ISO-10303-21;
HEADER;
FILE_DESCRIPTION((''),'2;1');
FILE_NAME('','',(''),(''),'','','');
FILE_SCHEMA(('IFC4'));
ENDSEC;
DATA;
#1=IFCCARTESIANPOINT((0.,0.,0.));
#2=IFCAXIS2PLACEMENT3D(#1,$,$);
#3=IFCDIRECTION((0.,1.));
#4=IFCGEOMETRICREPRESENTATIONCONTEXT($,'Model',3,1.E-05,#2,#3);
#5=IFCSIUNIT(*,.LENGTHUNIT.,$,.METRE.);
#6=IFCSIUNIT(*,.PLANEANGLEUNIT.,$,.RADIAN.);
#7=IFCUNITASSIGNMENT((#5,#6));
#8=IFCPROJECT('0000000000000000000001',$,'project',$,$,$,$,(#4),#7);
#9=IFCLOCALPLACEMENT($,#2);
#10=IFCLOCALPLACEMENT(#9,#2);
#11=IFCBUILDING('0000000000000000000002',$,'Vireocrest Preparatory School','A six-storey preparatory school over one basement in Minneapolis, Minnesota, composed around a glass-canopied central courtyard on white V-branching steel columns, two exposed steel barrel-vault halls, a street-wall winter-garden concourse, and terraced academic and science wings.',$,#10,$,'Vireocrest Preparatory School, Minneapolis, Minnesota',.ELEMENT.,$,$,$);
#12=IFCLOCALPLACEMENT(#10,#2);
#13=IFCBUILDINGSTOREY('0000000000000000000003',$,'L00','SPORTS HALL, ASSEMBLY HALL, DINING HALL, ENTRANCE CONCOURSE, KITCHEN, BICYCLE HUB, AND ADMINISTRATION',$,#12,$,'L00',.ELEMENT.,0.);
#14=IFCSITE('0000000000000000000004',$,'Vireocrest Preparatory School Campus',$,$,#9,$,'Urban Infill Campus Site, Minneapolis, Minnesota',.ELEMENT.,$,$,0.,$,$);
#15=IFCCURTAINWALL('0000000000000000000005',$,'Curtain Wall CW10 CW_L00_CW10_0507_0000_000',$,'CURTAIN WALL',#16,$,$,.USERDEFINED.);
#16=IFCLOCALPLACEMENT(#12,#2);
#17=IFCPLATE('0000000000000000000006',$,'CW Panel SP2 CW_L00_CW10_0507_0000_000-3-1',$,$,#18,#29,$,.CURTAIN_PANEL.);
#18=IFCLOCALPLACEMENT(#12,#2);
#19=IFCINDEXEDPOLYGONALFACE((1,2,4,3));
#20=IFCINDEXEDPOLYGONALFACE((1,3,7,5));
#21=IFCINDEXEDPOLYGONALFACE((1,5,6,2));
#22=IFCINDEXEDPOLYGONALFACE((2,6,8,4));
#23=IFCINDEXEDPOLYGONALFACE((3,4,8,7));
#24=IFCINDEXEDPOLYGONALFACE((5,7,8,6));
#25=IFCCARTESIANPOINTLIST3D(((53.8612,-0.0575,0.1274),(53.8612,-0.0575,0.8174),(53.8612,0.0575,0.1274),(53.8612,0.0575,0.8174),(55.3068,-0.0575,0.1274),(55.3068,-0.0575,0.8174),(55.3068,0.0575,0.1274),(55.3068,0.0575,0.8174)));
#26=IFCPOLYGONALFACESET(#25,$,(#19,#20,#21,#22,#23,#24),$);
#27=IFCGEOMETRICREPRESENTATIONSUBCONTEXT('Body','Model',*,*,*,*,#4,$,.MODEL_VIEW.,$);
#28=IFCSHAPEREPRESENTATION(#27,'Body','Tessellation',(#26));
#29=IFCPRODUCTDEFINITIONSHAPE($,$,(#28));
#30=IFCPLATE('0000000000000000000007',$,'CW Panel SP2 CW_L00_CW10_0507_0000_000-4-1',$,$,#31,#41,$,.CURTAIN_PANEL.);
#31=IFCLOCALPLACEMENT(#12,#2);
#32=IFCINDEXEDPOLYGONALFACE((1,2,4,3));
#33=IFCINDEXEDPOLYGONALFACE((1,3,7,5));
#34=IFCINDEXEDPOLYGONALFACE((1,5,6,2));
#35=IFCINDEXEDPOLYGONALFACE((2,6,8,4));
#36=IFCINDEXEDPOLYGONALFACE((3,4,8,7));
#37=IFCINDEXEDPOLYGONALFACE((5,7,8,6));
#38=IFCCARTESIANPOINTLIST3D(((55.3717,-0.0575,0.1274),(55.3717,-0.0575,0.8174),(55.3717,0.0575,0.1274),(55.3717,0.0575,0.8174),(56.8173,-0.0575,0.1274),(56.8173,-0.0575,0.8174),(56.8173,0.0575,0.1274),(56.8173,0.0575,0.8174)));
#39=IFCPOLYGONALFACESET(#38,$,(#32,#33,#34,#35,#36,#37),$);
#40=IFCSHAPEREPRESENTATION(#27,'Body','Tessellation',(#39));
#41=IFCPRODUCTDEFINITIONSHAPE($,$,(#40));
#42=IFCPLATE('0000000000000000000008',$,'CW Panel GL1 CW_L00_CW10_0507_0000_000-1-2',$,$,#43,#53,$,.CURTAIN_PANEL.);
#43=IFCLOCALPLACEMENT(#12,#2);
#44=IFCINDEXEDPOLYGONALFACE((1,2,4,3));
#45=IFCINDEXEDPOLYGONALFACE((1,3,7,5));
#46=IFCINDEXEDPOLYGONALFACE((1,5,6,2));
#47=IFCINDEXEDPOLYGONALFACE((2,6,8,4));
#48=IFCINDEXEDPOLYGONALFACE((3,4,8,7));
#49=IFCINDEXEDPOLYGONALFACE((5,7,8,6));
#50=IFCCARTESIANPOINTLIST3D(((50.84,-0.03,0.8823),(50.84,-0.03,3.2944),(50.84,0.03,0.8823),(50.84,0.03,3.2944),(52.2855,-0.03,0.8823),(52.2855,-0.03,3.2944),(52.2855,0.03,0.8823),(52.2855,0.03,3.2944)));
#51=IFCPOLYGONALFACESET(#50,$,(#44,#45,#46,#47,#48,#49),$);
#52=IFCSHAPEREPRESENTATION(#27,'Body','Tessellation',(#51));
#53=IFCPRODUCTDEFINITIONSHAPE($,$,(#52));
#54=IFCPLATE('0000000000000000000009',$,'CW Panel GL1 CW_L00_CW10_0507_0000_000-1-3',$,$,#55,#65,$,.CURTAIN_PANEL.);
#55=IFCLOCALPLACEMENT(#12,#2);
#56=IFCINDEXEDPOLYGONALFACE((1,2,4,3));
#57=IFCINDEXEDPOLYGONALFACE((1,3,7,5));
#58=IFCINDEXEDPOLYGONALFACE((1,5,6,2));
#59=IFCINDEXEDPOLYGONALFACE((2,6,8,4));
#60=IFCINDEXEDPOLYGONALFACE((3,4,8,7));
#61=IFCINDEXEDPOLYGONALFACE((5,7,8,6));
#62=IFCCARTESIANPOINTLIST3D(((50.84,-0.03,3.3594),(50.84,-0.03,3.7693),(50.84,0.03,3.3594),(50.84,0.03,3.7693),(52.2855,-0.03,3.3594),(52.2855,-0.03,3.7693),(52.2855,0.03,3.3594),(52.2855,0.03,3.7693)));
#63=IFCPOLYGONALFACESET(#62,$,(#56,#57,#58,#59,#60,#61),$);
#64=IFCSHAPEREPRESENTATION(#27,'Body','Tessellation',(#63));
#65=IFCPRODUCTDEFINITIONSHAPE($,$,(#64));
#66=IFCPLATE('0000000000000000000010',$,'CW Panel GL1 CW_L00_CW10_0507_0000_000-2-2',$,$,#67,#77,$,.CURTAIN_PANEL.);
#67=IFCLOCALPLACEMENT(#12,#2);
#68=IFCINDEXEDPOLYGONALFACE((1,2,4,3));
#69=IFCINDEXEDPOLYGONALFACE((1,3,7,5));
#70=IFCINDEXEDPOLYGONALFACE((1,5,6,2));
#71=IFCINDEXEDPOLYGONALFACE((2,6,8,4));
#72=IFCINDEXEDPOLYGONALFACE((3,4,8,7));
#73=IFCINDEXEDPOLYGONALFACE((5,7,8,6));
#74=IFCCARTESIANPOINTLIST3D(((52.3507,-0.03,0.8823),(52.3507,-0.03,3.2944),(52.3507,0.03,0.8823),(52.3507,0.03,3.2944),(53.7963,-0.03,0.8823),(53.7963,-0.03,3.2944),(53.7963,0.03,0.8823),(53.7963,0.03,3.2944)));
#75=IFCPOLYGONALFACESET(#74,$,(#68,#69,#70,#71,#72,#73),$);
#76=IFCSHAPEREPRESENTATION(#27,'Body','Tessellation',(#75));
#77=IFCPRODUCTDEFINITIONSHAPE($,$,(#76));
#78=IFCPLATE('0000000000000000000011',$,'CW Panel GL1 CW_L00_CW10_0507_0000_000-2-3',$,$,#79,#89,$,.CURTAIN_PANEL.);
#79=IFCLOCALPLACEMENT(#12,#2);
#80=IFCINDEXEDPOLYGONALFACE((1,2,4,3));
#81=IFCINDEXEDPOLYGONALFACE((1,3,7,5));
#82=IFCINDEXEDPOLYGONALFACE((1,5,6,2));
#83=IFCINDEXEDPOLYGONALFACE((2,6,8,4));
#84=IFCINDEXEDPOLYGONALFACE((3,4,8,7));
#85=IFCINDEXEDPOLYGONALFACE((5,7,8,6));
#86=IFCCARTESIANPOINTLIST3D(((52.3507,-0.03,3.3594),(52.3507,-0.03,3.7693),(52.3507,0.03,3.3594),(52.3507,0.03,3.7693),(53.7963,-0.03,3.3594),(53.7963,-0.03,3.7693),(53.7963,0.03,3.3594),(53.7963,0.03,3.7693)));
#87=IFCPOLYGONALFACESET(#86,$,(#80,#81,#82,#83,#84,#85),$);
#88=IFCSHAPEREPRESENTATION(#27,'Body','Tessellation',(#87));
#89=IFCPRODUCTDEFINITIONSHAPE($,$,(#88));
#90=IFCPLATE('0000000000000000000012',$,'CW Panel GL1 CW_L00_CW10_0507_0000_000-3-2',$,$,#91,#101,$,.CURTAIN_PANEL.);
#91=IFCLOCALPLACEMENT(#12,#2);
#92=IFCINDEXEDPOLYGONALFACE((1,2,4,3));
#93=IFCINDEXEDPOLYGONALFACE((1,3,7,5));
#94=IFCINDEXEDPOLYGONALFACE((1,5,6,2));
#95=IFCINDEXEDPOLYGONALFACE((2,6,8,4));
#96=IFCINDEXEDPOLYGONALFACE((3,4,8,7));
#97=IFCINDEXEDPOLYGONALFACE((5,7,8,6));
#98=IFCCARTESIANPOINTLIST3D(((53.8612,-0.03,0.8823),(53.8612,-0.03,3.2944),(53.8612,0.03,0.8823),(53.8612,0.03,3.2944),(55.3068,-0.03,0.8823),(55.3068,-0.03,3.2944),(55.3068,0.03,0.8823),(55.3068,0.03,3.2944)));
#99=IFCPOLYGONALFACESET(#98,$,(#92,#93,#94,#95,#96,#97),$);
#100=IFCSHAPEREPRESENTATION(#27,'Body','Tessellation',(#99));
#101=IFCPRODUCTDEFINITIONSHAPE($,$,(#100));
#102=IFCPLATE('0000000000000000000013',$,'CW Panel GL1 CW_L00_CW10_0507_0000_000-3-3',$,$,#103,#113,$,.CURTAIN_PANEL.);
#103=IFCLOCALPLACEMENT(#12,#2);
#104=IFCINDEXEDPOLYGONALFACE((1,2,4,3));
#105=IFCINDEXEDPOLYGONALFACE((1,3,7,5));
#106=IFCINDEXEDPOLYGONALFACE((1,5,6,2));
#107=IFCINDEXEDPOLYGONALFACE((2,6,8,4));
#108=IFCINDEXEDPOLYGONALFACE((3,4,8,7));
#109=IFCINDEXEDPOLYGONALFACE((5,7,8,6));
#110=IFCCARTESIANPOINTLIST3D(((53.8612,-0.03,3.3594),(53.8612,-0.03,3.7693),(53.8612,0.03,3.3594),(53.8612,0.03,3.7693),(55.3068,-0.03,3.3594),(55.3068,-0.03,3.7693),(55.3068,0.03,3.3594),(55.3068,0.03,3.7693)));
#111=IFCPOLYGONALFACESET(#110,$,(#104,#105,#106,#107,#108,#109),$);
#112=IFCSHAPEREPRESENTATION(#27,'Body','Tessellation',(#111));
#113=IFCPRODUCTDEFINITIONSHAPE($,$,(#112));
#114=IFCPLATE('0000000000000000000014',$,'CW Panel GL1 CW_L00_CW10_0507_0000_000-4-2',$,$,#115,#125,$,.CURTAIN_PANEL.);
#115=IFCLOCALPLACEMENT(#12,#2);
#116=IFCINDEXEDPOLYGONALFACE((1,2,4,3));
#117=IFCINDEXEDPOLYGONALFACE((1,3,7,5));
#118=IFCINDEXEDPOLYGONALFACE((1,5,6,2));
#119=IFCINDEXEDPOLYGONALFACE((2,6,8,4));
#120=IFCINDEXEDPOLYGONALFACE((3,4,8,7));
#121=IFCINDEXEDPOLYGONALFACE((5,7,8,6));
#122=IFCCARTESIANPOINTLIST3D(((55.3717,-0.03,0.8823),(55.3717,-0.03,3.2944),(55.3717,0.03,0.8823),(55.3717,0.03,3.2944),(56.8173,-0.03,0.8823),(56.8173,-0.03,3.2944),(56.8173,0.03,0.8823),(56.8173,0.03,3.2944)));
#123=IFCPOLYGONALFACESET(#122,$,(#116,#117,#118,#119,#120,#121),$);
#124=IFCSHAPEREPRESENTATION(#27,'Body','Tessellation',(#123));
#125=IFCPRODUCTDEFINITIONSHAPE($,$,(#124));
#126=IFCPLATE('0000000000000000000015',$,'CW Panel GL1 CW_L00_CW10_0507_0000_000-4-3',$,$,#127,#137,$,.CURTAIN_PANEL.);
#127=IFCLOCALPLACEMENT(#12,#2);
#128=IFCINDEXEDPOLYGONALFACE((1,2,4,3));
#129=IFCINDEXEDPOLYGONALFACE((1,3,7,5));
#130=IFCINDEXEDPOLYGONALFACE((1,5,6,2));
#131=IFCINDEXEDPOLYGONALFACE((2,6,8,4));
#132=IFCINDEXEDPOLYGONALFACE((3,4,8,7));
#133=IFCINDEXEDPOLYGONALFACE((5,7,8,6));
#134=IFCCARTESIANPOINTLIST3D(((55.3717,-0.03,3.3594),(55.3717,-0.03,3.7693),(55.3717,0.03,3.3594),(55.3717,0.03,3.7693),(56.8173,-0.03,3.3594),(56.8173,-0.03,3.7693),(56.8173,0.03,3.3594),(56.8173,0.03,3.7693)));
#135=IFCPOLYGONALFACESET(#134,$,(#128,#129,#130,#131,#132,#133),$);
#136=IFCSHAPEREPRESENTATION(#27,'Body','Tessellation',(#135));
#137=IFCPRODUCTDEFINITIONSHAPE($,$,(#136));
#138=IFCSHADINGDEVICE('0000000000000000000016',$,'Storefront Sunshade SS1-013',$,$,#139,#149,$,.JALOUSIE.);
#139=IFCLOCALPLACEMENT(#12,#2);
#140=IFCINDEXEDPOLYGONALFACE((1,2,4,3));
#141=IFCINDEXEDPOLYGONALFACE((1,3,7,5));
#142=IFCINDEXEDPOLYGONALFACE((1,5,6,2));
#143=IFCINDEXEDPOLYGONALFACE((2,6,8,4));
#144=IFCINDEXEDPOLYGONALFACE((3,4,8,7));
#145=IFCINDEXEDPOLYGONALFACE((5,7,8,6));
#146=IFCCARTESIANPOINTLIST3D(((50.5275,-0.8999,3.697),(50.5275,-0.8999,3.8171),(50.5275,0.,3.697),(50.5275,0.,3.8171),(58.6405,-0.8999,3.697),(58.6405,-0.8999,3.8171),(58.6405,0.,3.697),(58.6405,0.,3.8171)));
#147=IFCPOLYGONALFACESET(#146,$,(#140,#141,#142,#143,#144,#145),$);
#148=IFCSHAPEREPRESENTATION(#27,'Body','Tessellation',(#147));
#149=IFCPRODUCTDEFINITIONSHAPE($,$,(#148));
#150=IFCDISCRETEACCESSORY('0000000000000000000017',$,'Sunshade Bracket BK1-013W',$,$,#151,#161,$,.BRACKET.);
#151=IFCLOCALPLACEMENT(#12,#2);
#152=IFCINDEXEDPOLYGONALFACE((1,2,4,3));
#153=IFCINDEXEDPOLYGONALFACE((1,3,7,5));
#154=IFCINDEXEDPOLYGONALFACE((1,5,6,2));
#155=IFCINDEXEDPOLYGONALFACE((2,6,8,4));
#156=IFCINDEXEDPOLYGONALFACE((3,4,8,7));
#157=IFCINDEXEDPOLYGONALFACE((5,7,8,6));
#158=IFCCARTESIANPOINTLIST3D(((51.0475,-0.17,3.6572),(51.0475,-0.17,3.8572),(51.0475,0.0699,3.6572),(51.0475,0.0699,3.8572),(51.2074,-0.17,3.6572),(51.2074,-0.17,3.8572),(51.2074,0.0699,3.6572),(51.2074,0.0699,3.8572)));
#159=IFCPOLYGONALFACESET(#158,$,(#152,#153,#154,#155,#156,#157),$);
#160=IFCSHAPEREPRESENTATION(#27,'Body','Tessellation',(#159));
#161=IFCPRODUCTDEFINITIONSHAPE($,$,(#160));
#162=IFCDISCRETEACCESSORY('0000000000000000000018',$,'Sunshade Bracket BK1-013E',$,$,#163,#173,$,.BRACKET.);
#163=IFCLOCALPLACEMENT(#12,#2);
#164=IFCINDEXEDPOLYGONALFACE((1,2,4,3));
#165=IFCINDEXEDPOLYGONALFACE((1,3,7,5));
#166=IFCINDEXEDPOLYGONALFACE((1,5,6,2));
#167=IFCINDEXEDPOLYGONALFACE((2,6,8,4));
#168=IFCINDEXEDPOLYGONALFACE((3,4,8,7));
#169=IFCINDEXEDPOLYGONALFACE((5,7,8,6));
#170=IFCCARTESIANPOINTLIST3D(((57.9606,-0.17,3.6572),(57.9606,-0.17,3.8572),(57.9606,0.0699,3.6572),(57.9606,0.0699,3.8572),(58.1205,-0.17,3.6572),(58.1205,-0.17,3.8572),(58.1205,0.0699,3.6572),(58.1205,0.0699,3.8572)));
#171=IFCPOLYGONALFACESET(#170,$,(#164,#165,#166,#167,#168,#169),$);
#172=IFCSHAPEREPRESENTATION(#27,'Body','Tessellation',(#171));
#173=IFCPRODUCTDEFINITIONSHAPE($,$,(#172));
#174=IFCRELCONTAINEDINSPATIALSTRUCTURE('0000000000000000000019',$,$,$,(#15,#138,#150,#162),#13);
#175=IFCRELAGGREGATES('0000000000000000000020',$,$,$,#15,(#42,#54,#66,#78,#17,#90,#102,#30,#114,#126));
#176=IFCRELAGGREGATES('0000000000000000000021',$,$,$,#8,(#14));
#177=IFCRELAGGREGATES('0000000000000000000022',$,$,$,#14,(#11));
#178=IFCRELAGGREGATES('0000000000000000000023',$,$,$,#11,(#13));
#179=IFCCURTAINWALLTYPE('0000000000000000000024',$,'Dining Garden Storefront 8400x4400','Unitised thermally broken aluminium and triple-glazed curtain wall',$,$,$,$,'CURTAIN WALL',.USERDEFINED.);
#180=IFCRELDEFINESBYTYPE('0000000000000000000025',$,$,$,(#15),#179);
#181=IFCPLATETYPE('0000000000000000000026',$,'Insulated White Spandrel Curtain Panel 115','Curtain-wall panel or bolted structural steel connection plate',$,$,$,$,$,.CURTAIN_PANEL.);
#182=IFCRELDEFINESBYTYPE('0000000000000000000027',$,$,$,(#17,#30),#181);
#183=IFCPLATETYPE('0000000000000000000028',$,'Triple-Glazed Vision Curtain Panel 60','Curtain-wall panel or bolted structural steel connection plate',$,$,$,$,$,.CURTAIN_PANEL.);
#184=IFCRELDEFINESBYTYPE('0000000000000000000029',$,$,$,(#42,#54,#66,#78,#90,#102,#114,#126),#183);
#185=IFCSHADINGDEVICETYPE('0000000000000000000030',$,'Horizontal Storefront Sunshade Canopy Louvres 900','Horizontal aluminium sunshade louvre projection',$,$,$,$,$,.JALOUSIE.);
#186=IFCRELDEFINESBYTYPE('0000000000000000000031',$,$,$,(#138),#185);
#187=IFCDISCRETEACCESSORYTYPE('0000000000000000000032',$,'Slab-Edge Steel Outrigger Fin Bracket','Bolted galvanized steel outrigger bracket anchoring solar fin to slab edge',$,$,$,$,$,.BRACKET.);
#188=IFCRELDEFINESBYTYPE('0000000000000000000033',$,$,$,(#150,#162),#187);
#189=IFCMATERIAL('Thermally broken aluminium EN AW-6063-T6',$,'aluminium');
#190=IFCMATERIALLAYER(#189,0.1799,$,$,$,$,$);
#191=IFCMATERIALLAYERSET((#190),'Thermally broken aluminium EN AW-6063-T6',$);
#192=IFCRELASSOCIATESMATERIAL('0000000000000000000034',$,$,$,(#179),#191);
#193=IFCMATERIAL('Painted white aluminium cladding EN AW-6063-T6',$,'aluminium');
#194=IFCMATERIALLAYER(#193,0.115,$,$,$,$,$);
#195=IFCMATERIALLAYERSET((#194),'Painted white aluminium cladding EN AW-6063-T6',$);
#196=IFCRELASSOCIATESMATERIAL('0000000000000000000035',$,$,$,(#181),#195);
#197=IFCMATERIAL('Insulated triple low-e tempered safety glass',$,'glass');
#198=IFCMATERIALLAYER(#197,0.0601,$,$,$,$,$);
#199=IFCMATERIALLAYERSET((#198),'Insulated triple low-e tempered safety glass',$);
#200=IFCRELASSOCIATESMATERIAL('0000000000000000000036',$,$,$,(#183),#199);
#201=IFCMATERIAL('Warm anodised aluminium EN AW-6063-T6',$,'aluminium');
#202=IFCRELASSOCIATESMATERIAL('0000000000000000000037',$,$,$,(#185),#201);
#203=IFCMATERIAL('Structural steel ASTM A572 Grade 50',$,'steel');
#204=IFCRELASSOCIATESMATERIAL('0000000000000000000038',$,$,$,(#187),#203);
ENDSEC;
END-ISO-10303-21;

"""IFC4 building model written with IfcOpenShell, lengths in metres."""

from ifc_helpers import new_model, si_unit, direction, frame, origin, origin_2d, place, context, subcontext, project, spatial, rectangle, extrude, material, layer, layer_set, type_object, element, aggregate, save


model = new_model("IFC4")

# Units and contexts
model_context = context("Model", 3, precision=1e-05, world=origin(), true_north=direction((0.0, 1.0)))
body_context = subcontext(model_context, "Body", "Model", "MODEL_VIEW")
ifc_project = project(units=[si_unit("LENGTHUNIT", "METRE"), si_unit("PLANEANGLEUNIT", "RADIAN")], contexts=[model_context])

# Site, building, storey
site_placement = place(None, origin())
site = spatial("IfcSite", under=ifc_project, at=site_placement, Name="Vireocrest Preparatory School Campus", LongName="Urban Infill Campus Site, Minneapolis, Minnesota", CompositionType="ELEMENT", RefElevation=0.0)
building_placement = place(site_placement, origin())
building = spatial("IfcBuilding", under=site, at=building_placement, Name="Vireocrest Preparatory School", Description="A six-storey preparatory school over one basement in Minneapolis, Minnesota, composed around a glass-canopied central courtyard on white V-branching steel columns, two exposed steel barrel-vault halls, a street-wall winter-garden concourse, and terraced academic and science wings.", LongName="Vireocrest Preparatory School, Minneapolis, Minnesota", CompositionType="ELEMENT")
storey_placement = place(building_placement, origin())
storey = spatial("IfcBuildingStorey", under=building, at=storey_placement, Name="L00", Description="SPORTS HALL, ASSEMBLY HALL, DINING HALL, ENTRANCE CONCOURSE, KITCHEN, BICYCLE HUB, AND ADMINISTRATION", LongName="L00", CompositionType="ELEMENT", Elevation=0.0)

# Curtain wall
ifc_material_1 = material(Name="Thermally broken aluminium EN AW-6063-T6", Category="aluminium")
ifc_layer_1 = layer(ifc_material_1, 0.1799)
ifc_layer_set_1 = layer_set([ifc_layer_1], Name="Thermally broken aluminium EN AW-6063-T6")
curtain_wall_type = type_object("IfcCurtainWallType", Name="Dining Garden Storefront 8400x4400", Description="Unitised thermally broken aluminium and triple-glazed curtain wall", ElementType="CURTAIN WALL", PredefinedType="USERDEFINED", material=ifc_layer_set_1)
curtain_wall_placement = place(storey_placement, origin())
curtain_wall = element("IfcCurtainWall", 1, at=curtain_wall_placement, inside=storey, type_object=curtain_wall_type, Name="Curtain Wall CW10 CW_L00_CW10_0507_0000_000", ObjectType="CURTAIN WALL", PredefinedType="USERDEFINED")

# Plates
ifc_material_2 = material(Name="Painted white aluminium cladding EN AW-6063-T6", Category="aluminium")
ifc_layer_2 = layer(ifc_material_2, 0.115)
ifc_layer_set_2 = layer_set([ifc_layer_2], Name="Painted white aluminium cladding EN AW-6063-T6")
plate_type_1 = type_object("IfcPlateType", Name="Insulated White Spandrel Curtain Panel 115", Description="Curtain-wall panel or bolted structural steel connection plate", PredefinedType="CURTAIN_PANEL", material=ifc_layer_set_2)
plate_1_placement = place(storey_placement, frame((54.584, 0.0, 0.1274), z_axis=(0.0, 0.0, 1.0), x_axis=(1.0, 0.0, 0.0)))
plate_1 = element("IfcPlate", 2, at=plate_1_placement, type_object=plate_type_1, Name="CW Panel SP2 CW_L00_CW10_0507_0000_000-3-1", PredefinedType="CURTAIN_PANEL", context=body_context, shape_type="SweptSolid", body=[
    extrude(rectangle(XDim=1.4456, YDim=0.115, at=origin_2d()), origin(), (0.0, 0.0, 1.0), 0.6899),
])
plate_2_placement = place(storey_placement, frame((56.0945, 0.0, 0.1274), z_axis=(0.0, 0.0, 1.0), x_axis=(1.0, 0.0, 0.0)))
plate_2 = element("IfcPlate", 3, at=plate_2_placement, type_object=plate_type_1, Name="CW Panel SP2 CW_L00_CW10_0507_0000_000-4-1", PredefinedType="CURTAIN_PANEL", context=body_context, shape_type="SweptSolid", body=[
    extrude(rectangle(XDim=1.4456, YDim=0.115, at=origin_2d()), origin(), (0.0, 0.0, 1.0), 0.6899),
])
ifc_material_3 = material(Name="Insulated triple low-e tempered safety glass", Category="glass")
ifc_layer_3 = layer(ifc_material_3, 0.0601)
ifc_layer_set_3 = layer_set([ifc_layer_3], Name="Insulated triple low-e tempered safety glass")
plate_type_2 = type_object("IfcPlateType", Name="Triple-Glazed Vision Curtain Panel 60", Description="Curtain-wall panel or bolted structural steel connection plate", PredefinedType="CURTAIN_PANEL", material=ifc_layer_set_3)
plate_3_placement = place(storey_placement, frame((51.5627, 0.0, 0.8823), z_axis=(0.0, 0.0, 1.0), x_axis=(1.0, 0.0, 0.0)))
plate_3 = element("IfcPlate", 4, at=plate_3_placement, type_object=plate_type_2, Name="CW Panel GL1 CW_L00_CW10_0507_0000_000-1-2", PredefinedType="CURTAIN_PANEL", context=body_context, shape_type="SweptSolid", body=[
    extrude(rectangle(XDim=1.4456, YDim=0.0601, at=origin_2d()), origin(), (0.0, 0.0, 1.0), 2.4121),
])
plate_4_placement = place(storey_placement, frame((51.5627, 0.0, 3.3594), z_axis=(0.0, 0.0, 1.0), x_axis=(1.0, 0.0, 0.0)))
plate_4 = element("IfcPlate", 5, at=plate_4_placement, type_object=plate_type_2, Name="CW Panel GL1 CW_L00_CW10_0507_0000_000-1-3", PredefinedType="CURTAIN_PANEL", context=body_context, shape_type="SweptSolid", body=[
    extrude(rectangle(XDim=1.4456, YDim=0.0601, at=origin_2d()), origin(), (0.0, 0.0, 1.0), 0.4099),
])
plate_5_placement = place(storey_placement, frame((53.0735, 0.0, 0.8823), z_axis=(0.0, 0.0, 1.0), x_axis=(1.0, 0.0, 0.0)))
plate_5 = element("IfcPlate", 6, at=plate_5_placement, type_object=plate_type_2, Name="CW Panel GL1 CW_L00_CW10_0507_0000_000-2-2", PredefinedType="CURTAIN_PANEL", context=body_context, shape_type="SweptSolid", body=[
    extrude(rectangle(XDim=1.4456, YDim=0.0601, at=origin_2d()), origin(), (0.0, 0.0, 1.0), 2.4121),
])
plate_6_placement = place(storey_placement, frame((53.0735, 0.0, 3.3594), z_axis=(0.0, 0.0, 1.0), x_axis=(1.0, 0.0, 0.0)))
plate_6 = element("IfcPlate", 7, at=plate_6_placement, type_object=plate_type_2, Name="CW Panel GL1 CW_L00_CW10_0507_0000_000-2-3", PredefinedType="CURTAIN_PANEL", context=body_context, shape_type="SweptSolid", body=[
    extrude(rectangle(XDim=1.4456, YDim=0.0601, at=origin_2d()), origin(), (0.0, 0.0, 1.0), 0.4099),
])
plate_7_placement = place(storey_placement, frame((54.584, 0.0, 0.8823), z_axis=(0.0, 0.0, 1.0), x_axis=(1.0, 0.0, 0.0)))
plate_7 = element("IfcPlate", 8, at=plate_7_placement, type_object=plate_type_2, Name="CW Panel GL1 CW_L00_CW10_0507_0000_000-3-2", PredefinedType="CURTAIN_PANEL", context=body_context, shape_type="SweptSolid", body=[
    extrude(rectangle(XDim=1.4456, YDim=0.0601, at=origin_2d()), origin(), (0.0, 0.0, 1.0), 2.4121),
])
plate_8_placement = place(storey_placement, frame((54.584, 0.0, 3.3594), z_axis=(0.0, 0.0, 1.0), x_axis=(1.0, 0.0, 0.0)))
plate_8 = element("IfcPlate", 9, at=plate_8_placement, type_object=plate_type_2, Name="CW Panel GL1 CW_L00_CW10_0507_0000_000-3-3", PredefinedType="CURTAIN_PANEL", context=body_context, shape_type="SweptSolid", body=[
    extrude(rectangle(XDim=1.4456, YDim=0.0601, at=origin_2d()), origin(), (0.0, 0.0, 1.0), 0.4099),
])
plate_9_placement = place(storey_placement, frame((56.0945, 0.0, 0.8823), z_axis=(0.0, 0.0, 1.0), x_axis=(1.0, 0.0, 0.0)))
plate_9 = element("IfcPlate", 10, at=plate_9_placement, type_object=plate_type_2, Name="CW Panel GL1 CW_L00_CW10_0507_0000_000-4-2", PredefinedType="CURTAIN_PANEL", context=body_context, shape_type="SweptSolid", body=[
    extrude(rectangle(XDim=1.4456, YDim=0.0601, at=origin_2d()), origin(), (0.0, 0.0, 1.0), 2.4121),
])
plate_10_placement = place(storey_placement, frame((56.0945, 0.0, 3.3594), z_axis=(0.0, 0.0, 1.0), x_axis=(1.0, 0.0, 0.0)))
plate_10 = element("IfcPlate", 11, at=plate_10_placement, type_object=plate_type_2, Name="CW Panel GL1 CW_L00_CW10_0507_0000_000-4-3", PredefinedType="CURTAIN_PANEL", context=body_context, shape_type="SweptSolid", body=[
    extrude(rectangle(XDim=1.4456, YDim=0.0601, at=origin_2d()), origin(), (0.0, 0.0, 1.0), 0.4099),
])
aggregate(curtain_wall, [plate_3, plate_4, plate_5, plate_6, plate_1, plate_7, plate_8, plate_2, plate_9, plate_10])

# Shading device
ifc_material_4 = material(Name="Warm anodised aluminium EN AW-6063-T6", Category="aluminium")
shading_device_type = type_object("IfcShadingDeviceType", Name="Horizontal Storefront Sunshade Canopy Louvres 900", Description="Horizontal aluminium sunshade louvre projection", PredefinedType="JALOUSIE", material=ifc_material_4)
shading_device_placement = place(storey_placement, frame((54.584, -0.45, 3.697), z_axis=(0.0, 0.0, 1.0), x_axis=(1.0, 0.0, 0.0)))
element("IfcShadingDevice", 12, at=shading_device_placement, inside=storey, type_object=shading_device_type, Name="Storefront Sunshade SS1-013", PredefinedType="JALOUSIE", context=body_context, shape_type="SweptSolid", body=[
    extrude(rectangle(XDim=8.113, YDim=0.8999, at=origin_2d()), origin(), (0.0, 0.0, 1.0), 0.1201),
])

# Discrete accessories
ifc_material_5 = material(Name="Structural steel ASTM A572 Grade 50", Category="steel")
discrete_accessory_type = type_object("IfcDiscreteAccessoryType", Name="Slab-Edge Steel Outrigger Fin Bracket", Description="Bolted galvanized steel outrigger bracket anchoring solar fin to slab edge", PredefinedType="BRACKET", material=ifc_material_5)
for number, where, z_axis, x_axis, name in (
    (13, (51.1274, -0.05, 3.6572), (0.0, 0.0, 1.0), (1.0, 0.0, 0.0), "Sunshade Bracket BK1-013W"),
    (14, (58.0405, -0.05, 3.6572), (0.0, 0.0, 1.0), (1.0, 0.0, 0.0), "Sunshade Bracket BK1-013E"),
):
    element("IfcDiscreteAccessory", number, at=place(storey_placement, frame(where, z_axis=z_axis, x_axis=x_axis)), inside=storey, type_object=discrete_accessory_type, Name=name, PredefinedType="BRACKET", context=body_context, shape_type="SweptSolid", body=[
        extrude(rectangle(XDim=0.1599, YDim=0.24, at=origin_2d()), origin(), (0.0, 0.0, 1.0), 0.2),
    ])

save(model, "model.ifc")
